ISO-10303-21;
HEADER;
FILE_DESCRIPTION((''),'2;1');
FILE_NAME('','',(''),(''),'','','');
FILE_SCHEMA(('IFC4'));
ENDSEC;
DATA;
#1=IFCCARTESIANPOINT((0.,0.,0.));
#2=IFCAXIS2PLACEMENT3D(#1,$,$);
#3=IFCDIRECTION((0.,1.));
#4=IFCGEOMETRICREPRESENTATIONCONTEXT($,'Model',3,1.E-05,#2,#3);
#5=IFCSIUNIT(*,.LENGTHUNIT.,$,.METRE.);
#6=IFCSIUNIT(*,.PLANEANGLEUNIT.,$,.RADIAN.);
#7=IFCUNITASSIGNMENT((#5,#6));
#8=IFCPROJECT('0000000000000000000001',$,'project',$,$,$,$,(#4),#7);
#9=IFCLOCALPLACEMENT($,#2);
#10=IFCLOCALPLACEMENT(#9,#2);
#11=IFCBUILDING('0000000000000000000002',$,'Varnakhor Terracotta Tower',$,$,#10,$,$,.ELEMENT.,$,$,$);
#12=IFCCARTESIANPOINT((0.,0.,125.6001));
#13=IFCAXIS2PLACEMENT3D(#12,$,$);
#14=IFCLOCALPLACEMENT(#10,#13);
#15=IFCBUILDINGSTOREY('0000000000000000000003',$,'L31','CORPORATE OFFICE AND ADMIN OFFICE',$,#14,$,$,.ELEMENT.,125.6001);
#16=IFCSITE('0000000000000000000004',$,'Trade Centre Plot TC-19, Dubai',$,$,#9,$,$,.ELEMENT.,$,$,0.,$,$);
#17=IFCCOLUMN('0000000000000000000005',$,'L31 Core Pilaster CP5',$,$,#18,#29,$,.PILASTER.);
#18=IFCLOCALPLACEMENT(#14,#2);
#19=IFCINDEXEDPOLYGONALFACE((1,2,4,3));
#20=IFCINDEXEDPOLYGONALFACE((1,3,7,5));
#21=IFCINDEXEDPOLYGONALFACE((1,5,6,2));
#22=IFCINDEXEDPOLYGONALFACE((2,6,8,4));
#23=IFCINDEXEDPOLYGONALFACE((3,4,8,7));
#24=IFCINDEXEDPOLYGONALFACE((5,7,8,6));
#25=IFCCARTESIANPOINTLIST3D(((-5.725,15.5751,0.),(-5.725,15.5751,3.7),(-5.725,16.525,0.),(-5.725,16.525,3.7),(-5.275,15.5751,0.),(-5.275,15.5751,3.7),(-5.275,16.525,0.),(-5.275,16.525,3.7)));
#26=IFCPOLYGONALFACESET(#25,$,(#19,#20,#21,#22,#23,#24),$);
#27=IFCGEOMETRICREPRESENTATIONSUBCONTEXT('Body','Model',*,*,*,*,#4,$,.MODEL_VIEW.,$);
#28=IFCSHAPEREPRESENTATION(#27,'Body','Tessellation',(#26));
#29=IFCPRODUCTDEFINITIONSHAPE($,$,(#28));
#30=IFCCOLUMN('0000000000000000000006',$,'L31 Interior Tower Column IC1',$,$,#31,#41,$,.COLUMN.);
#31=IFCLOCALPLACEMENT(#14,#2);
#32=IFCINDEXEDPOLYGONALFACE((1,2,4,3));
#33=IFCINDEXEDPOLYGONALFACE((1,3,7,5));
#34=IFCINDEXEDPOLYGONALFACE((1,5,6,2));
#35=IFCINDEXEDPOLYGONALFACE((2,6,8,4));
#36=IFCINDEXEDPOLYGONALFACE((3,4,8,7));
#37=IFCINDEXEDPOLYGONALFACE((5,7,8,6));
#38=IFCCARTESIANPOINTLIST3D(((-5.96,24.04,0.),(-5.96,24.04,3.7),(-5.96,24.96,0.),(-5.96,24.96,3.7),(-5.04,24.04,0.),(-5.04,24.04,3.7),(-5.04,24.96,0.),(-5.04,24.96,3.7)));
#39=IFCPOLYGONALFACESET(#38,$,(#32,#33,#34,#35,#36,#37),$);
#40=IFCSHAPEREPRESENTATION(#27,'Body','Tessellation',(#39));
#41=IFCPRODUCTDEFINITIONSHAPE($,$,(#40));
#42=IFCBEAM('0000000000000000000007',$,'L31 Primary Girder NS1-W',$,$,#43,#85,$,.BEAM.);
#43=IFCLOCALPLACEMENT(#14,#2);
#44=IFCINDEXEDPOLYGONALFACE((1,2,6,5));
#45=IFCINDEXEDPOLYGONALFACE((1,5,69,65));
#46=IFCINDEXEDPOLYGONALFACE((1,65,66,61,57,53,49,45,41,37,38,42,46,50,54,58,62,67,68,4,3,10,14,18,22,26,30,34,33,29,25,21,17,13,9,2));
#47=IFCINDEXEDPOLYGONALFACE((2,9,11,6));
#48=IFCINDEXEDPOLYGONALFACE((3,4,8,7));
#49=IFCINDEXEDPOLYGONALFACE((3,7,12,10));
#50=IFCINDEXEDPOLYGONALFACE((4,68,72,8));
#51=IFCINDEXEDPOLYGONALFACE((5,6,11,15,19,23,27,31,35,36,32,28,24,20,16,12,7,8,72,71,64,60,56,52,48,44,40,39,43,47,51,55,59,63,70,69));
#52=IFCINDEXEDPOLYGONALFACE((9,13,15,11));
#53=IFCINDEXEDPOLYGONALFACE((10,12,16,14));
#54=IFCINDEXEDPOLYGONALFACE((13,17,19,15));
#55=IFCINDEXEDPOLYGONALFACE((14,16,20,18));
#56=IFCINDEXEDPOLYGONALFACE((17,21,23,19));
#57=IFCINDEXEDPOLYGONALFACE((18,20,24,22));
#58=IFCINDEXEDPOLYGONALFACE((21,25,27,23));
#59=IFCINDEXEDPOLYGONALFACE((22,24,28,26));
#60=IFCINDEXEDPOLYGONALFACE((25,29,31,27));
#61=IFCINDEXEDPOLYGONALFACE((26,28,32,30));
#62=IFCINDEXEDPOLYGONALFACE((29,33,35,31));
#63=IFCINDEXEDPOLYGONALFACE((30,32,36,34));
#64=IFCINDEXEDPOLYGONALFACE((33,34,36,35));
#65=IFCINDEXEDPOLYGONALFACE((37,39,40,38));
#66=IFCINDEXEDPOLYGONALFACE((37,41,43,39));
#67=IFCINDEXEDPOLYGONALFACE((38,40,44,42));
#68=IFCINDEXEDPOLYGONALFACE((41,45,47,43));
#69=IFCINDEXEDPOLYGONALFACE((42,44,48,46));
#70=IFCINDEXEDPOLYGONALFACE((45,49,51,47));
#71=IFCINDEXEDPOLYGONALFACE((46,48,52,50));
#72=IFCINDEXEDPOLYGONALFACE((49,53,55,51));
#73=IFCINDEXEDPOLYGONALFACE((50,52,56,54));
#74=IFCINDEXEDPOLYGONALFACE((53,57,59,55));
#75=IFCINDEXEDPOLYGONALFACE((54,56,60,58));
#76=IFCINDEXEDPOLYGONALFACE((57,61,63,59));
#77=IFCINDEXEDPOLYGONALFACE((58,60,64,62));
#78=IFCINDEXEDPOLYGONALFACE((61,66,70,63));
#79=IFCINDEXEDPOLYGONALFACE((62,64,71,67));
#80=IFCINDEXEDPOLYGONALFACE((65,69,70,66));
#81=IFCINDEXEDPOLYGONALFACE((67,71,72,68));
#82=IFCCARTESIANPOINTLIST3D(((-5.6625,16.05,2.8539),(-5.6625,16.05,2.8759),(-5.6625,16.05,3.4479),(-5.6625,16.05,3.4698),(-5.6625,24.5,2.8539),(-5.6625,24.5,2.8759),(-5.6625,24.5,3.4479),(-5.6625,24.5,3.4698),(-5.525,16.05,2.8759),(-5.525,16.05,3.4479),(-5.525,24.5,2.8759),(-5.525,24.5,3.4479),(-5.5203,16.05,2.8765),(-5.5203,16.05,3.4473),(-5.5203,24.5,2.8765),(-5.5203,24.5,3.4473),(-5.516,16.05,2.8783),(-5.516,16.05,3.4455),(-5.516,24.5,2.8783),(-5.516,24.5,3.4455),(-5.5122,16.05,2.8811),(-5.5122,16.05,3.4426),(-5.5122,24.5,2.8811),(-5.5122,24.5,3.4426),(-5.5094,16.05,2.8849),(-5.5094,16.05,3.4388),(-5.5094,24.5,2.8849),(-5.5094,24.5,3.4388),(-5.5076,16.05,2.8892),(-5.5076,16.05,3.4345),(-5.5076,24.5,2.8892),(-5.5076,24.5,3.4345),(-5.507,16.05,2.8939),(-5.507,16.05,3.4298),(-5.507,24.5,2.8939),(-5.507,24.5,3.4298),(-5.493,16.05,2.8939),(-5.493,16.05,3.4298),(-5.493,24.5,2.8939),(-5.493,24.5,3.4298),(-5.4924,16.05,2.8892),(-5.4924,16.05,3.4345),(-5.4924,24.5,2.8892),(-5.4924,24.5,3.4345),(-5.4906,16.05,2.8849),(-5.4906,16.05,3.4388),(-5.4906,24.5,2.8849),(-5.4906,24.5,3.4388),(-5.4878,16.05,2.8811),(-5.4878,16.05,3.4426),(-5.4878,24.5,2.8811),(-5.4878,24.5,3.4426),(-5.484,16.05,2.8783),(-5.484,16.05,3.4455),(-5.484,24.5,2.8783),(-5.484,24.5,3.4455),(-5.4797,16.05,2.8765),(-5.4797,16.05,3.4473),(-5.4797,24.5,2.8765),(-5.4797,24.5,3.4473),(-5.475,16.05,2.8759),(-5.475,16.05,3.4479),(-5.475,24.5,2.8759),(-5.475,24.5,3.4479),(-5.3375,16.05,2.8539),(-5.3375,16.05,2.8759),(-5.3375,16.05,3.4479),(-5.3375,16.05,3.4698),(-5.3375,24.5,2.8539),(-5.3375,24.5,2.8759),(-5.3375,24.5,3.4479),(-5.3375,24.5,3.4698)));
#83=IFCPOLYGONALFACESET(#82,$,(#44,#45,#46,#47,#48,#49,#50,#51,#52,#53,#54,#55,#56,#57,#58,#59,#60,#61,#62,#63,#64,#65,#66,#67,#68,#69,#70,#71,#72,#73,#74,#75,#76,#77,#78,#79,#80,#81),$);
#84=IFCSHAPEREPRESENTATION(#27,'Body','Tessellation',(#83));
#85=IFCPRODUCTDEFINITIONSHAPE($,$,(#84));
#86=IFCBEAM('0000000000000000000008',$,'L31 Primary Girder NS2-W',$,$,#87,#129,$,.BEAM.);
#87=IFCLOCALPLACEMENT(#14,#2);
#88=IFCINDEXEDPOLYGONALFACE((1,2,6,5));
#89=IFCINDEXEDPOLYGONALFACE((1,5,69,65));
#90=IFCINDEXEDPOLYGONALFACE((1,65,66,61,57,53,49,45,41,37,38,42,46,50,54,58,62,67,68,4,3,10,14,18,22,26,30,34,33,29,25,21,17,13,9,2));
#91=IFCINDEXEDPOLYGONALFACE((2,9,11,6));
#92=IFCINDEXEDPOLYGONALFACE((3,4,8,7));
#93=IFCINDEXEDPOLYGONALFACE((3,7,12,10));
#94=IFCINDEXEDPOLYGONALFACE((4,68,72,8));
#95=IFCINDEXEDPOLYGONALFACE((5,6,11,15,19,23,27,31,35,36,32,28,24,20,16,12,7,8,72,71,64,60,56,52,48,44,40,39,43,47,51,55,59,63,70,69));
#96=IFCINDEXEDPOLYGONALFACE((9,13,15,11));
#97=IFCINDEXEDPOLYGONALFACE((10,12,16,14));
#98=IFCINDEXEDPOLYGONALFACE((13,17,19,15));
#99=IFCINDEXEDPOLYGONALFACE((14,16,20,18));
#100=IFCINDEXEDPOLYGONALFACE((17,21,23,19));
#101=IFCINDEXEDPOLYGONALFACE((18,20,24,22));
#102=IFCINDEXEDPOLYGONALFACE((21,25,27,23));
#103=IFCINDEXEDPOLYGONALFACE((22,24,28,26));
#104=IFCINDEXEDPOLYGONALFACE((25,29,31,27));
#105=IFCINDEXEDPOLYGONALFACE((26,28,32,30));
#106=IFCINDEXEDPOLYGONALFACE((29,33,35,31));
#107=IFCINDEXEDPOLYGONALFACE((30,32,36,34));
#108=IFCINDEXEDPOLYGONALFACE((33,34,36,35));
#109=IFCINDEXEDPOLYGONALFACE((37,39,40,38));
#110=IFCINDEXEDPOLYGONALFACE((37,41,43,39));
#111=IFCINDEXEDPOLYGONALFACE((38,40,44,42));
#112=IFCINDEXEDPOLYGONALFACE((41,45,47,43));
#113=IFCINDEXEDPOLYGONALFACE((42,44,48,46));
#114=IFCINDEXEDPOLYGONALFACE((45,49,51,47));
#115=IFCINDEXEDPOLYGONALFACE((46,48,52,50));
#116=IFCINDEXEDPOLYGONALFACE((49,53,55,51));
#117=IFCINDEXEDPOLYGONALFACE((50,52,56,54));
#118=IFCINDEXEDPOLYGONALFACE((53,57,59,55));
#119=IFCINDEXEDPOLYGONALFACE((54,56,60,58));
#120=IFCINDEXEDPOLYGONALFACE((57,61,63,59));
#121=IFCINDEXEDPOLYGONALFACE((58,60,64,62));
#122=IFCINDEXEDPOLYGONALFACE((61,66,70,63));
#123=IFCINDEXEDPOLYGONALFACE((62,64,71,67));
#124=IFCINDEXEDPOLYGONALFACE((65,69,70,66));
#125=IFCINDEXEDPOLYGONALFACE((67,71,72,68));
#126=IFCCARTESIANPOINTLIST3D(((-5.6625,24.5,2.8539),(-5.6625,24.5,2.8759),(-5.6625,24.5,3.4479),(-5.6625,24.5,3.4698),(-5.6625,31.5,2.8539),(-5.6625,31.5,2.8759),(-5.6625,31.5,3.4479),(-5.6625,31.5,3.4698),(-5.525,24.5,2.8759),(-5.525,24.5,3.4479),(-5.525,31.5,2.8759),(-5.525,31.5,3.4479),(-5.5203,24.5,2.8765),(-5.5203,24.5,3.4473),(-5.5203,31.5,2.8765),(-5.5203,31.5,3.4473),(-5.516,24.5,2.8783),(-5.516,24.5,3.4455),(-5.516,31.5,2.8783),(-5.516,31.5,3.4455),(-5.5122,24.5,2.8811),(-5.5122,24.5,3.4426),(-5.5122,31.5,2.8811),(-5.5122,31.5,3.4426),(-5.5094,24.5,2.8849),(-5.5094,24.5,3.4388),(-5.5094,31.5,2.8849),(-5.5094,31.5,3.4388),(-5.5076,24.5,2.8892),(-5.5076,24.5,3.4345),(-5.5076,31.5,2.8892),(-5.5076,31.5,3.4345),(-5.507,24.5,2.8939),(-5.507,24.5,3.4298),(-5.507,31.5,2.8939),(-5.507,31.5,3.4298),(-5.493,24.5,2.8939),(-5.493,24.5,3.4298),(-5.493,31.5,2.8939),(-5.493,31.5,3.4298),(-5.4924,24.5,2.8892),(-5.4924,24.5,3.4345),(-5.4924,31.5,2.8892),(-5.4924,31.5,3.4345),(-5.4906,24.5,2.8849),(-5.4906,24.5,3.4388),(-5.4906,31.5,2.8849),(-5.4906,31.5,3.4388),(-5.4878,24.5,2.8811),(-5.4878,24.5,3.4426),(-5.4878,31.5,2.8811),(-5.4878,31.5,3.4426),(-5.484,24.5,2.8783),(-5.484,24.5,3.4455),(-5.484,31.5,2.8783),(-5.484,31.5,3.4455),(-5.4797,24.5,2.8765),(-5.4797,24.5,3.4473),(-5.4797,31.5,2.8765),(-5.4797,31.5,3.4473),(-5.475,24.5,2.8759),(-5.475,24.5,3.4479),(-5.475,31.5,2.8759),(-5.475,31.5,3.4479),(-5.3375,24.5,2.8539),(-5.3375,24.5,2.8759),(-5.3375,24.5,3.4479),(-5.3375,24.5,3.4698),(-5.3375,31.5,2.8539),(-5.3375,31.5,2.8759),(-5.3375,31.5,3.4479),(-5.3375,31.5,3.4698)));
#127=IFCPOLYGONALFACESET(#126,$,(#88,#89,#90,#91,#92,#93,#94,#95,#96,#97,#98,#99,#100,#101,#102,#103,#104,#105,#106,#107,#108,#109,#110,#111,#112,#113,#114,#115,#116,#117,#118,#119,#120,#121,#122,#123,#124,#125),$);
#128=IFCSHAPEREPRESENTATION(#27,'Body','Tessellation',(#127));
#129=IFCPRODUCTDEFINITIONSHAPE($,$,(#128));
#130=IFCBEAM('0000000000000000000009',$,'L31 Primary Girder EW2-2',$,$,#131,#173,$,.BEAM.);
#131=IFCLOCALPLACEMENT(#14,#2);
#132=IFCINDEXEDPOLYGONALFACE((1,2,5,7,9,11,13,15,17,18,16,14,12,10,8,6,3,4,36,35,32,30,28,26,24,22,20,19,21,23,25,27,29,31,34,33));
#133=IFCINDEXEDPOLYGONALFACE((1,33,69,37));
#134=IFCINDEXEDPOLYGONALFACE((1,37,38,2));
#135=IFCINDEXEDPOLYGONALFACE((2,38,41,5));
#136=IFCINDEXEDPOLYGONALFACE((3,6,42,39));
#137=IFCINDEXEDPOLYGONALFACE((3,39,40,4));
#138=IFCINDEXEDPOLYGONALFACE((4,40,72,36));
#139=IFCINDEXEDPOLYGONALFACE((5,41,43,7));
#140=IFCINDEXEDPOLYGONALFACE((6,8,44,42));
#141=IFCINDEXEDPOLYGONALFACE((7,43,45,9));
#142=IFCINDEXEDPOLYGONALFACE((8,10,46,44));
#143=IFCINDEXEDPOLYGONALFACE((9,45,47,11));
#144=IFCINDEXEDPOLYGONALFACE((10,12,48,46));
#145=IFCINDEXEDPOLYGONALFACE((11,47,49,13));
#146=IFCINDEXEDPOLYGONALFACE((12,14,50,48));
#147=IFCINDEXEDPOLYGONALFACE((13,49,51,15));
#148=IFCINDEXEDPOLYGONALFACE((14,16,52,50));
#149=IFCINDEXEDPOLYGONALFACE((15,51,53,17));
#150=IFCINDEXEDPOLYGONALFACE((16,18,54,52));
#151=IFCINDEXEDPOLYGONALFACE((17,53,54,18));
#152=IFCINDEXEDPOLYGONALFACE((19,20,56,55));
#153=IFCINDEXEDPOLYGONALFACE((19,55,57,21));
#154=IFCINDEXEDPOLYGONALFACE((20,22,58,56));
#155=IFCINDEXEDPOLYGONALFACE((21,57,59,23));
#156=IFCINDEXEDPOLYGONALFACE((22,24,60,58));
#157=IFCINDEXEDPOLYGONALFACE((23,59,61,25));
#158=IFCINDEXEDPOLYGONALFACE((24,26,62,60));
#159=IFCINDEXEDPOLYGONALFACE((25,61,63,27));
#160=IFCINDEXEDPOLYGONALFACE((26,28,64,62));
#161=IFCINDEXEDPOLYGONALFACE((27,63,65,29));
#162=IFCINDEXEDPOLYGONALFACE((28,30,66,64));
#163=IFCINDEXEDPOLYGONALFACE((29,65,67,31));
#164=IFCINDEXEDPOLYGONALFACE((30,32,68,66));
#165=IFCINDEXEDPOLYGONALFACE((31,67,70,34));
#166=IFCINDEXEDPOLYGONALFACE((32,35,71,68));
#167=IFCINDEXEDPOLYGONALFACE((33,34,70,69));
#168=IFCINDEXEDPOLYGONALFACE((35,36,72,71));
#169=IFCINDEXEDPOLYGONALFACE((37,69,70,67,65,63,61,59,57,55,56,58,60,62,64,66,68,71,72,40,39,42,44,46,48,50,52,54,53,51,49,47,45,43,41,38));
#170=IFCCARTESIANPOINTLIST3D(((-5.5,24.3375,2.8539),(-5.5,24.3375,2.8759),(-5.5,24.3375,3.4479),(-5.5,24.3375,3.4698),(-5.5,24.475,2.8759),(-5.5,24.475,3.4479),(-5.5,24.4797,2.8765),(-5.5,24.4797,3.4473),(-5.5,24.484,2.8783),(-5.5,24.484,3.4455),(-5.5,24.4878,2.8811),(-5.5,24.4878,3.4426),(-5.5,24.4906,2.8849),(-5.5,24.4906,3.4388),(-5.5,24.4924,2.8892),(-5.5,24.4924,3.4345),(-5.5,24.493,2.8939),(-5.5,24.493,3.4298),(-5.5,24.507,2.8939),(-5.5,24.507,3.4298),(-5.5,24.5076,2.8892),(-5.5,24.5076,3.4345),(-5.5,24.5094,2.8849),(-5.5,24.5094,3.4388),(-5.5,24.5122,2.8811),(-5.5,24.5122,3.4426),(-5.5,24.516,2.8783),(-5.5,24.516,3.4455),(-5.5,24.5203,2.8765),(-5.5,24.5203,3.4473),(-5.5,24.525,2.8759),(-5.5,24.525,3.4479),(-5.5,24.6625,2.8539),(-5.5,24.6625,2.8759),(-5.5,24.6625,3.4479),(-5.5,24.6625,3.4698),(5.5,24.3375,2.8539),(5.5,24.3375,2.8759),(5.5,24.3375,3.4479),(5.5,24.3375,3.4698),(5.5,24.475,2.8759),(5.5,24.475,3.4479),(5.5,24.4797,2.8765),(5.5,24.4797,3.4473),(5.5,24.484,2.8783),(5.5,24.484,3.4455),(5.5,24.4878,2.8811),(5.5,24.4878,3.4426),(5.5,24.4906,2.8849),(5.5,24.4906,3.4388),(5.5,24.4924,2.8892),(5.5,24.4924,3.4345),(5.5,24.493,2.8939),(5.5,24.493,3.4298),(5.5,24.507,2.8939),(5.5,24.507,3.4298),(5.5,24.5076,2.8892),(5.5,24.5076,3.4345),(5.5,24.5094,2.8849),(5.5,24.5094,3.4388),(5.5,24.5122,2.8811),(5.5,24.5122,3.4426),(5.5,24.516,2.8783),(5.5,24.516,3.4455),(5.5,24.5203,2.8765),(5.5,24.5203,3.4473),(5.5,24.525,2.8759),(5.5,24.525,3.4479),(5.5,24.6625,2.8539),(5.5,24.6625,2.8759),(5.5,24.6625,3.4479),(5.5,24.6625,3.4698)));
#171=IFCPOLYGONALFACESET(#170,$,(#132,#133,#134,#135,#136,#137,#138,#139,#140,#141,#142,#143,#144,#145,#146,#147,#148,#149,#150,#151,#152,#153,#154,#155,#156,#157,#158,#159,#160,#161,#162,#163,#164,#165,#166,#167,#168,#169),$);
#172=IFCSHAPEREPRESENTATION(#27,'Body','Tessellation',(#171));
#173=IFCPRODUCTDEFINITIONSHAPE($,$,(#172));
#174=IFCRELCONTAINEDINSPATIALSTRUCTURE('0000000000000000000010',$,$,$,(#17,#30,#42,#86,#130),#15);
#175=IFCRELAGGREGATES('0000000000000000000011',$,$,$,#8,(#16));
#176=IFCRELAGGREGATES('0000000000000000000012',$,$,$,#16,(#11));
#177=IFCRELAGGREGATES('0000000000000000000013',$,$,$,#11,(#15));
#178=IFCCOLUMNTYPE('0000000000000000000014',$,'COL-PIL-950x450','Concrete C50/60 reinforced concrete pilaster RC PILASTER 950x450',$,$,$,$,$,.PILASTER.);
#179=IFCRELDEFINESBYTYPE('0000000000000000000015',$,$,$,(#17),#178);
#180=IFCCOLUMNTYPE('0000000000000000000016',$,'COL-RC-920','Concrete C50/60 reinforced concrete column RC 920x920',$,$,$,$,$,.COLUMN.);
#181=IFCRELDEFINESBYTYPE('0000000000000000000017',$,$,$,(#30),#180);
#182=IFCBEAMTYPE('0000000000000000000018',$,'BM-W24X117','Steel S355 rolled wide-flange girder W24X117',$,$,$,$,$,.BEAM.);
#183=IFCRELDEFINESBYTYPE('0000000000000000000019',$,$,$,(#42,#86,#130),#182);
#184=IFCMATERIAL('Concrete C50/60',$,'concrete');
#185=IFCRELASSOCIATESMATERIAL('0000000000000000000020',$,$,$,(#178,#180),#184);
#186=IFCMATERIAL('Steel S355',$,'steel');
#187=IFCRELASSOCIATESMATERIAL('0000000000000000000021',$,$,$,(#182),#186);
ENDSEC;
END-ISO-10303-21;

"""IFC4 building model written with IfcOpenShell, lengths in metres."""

from ifc_helpers import new_model, si_unit, direction, frame, origin, origin_2d, place, context, subcontext, project, spatial, rectangle, i_section, extrude, source, transform, mapped, material, material_profile, profile_set, type_object, type_shapes, element, save


model = new_model("IFC4")

# Units and contexts
model_context = context("Model", 3, precision=1e-05, world=origin(), true_north=direction((0.0, 1.0)))
body_context = subcontext(model_context, "Body", "Model", "MODEL_VIEW")
ifc_project = project(units=[si_unit("LENGTHUNIT", "METRE"), si_unit("PLANEANGLEUNIT", "RADIAN")], contexts=[model_context])

# Site, building, storey
site_placement = place(None, origin())
site = spatial("IfcSite", under=ifc_project, at=site_placement, Name="Trade Centre Plot TC-19, Dubai", CompositionType="ELEMENT", RefElevation=0.0)
building_placement = place(site_placement, origin())
building = spatial("IfcBuilding", under=site, at=building_placement, Name="Varnakhor Terracotta Tower", CompositionType="ELEMENT")
storey_placement = place(building_placement, frame((0.0, 0.0, 125.6001)))
storey = spatial("IfcBuildingStorey", under=building, at=storey_placement, Name="L31", Description="CORPORATE OFFICE AND ADMIN OFFICE", CompositionType="ELEMENT", Elevation=125.6001)

# Columns
ifc_material_1 = material(Name="Concrete C50/60", Category="concrete")
ifc_material_profile_1 = material_profile(ifc_material_1, rectangle(XDim=0.45, YDim=0.95, at=origin_2d()), Name="RC PILASTER 950x450")
ifc_profile_set_1 = profile_set([ifc_material_profile_1], Name="Concrete C50/60")
column_type_1 = type_object("IfcColumnType", Name="COL-PIL-950x450", Description="Concrete C50/60 reinforced concrete pilaster RC PILASTER 950x450", PredefinedType="PILASTER", material=ifc_profile_set_1)
shared_shape_1 = source(origin(), body_context, "Body", "SweptSolid", [
    extrude(rectangle(XDim=0.45, YDim=0.95, at=origin_2d()), origin(), (0.0, 0.0, 1.0), 3.7),
])
column_1_placement = place(storey_placement, frame((-5.5, 16.05, 0.0), z_axis=(0.0, 0.0, 1.0), x_axis=(1.0, 0.0, 0.0)))
element("IfcColumn", 1, at=column_1_placement, inside=storey, type_object=column_type_1, Name="L31 Core Pilaster CP5", PredefinedType="PILASTER", context=body_context, shape_type="MappedRepresentation", body=[
    mapped(shared_shape_1, transform((0.0, 0.0, 0.0), scale=1.0)),
])
ifc_material_profile_2 = material_profile(ifc_material_1, rectangle(XDim=0.9199, YDim=0.9199, at=origin_2d()), Name="RC 920x920")
ifc_profile_set_2 = profile_set([ifc_material_profile_2], Name="Concrete C50/60")
column_type_2 = type_object("IfcColumnType", Name="COL-RC-920", Description="Concrete C50/60 reinforced concrete column RC 920x920", PredefinedType="COLUMN", material=ifc_profile_set_2)
shared_shape_2 = source(origin(), body_context, "Body", "SweptSolid", [
    extrude(rectangle(XDim=0.9199, YDim=0.9199, at=origin_2d()), origin(), (0.0, 0.0, 1.0), 3.7),
])
column_2_placement = place(storey_placement, frame((-5.5, 24.5, 0.0), z_axis=(0.0, 0.0, 1.0), x_axis=(1.0, 0.0, 0.0)))
element("IfcColumn", 2, at=column_2_placement, inside=storey, type_object=column_type_2, Name="L31 Interior Tower Column IC1", PredefinedType="COLUMN", context=body_context, shape_type="MappedRepresentation", body=[
    mapped(shared_shape_2, transform((0.0, 0.0, 0.0), scale=1.0)),
])

# Beams
ifc_material_2 = material(Name="Steel S355", Category="steel")
ifc_material_profile_3 = material_profile(ifc_material_2, i_section(OverallWidth=0.325, OverallDepth=0.616, WebThickness=0.0139, FlangeThickness=0.022, FilletRadius=0.0181, at=origin_2d()), Name="W24X117")
ifc_profile_set_3 = profile_set([ifc_material_profile_3], Name="Steel S355")
beam_type_1 = type_object("IfcBeamType", Name="BM-W24X117", Description="Steel S355 rolled wide-flange girder W24X117", PredefinedType="BEAM", material=ifc_profile_set_3)
shared_shape_3 = source(origin(), body_context, "Body", "SweptSolid", [
    extrude(i_section(OverallWidth=0.325, OverallDepth=0.616, WebThickness=0.0139, FlangeThickness=0.022, FilletRadius=0.0181, at=origin_2d()), origin(), (0.0, 0.0, 1.0), 8.45),
])
type_shapes(beam_type_1, [shared_shape_3])
beam_1_placement = place(storey_placement, frame((-5.5, 16.05, 3.1619), z_axis=(0.0, 1.0, 0.0), x_axis=(-1.0, 0.0, 0.0)))
element("IfcBeam", 3, at=beam_1_placement, inside=storey, type_object=beam_type_1, Name="L31 Primary Girder NS1-W", PredefinedType="BEAM", context=body_context, shape_type="MappedRepresentation", body=[
    mapped(shared_shape_3, transform((0.0, 0.0, 0.0), scale=1.0)),
])
shared_shape_4 = source(origin(), body_context, "Body", "SweptSolid", [
    extrude(i_section(OverallWidth=0.325, OverallDepth=0.616, WebThickness=0.0139, FlangeThickness=0.022, FilletRadius=0.0181, at=origin_2d()), origin(), (0.0, 0.0, 1.0), 7.0),
])
beam_2_placement = place(storey_placement, frame((-5.5, 24.5, 3.1619), z_axis=(0.0, 1.0, 0.0), x_axis=(-1.0, 0.0, 0.0)))
element("IfcBeam", 4, at=beam_2_placement, inside=storey, type_object=beam_type_1, Name="L31 Primary Girder NS2-W", PredefinedType="BEAM", context=body_context, shape_type="MappedRepresentation", body=[
    mapped(shared_shape_4, transform((0.0, 0.0, 0.0), scale=1.0)),
])
shared_shape_5 = source(origin(), body_context, "Body", "SweptSolid", [
    extrude(i_section(OverallWidth=0.325, OverallDepth=0.616, WebThickness=0.0139, FlangeThickness=0.022, FilletRadius=0.0181, at=origin_2d()), origin(), (0.0, 0.0, 1.0), 11.0),
])
beam_3_placement = place(storey_placement, frame((-5.5, 24.5, 3.1619), z_axis=(1.0, 0.0, 0.0), x_axis=(0.0, 1.0, 0.0)))
element("IfcBeam", 5, at=beam_3_placement, inside=storey, type_object=beam_type_1, Name="L31 Primary Girder EW2-2", PredefinedType="BEAM", context=body_context, shape_type="MappedRepresentation", body=[
    mapped(shared_shape_5, transform((0.0, 0.0, 0.0), scale=1.0)),
])

save(model, "model.ifc")
